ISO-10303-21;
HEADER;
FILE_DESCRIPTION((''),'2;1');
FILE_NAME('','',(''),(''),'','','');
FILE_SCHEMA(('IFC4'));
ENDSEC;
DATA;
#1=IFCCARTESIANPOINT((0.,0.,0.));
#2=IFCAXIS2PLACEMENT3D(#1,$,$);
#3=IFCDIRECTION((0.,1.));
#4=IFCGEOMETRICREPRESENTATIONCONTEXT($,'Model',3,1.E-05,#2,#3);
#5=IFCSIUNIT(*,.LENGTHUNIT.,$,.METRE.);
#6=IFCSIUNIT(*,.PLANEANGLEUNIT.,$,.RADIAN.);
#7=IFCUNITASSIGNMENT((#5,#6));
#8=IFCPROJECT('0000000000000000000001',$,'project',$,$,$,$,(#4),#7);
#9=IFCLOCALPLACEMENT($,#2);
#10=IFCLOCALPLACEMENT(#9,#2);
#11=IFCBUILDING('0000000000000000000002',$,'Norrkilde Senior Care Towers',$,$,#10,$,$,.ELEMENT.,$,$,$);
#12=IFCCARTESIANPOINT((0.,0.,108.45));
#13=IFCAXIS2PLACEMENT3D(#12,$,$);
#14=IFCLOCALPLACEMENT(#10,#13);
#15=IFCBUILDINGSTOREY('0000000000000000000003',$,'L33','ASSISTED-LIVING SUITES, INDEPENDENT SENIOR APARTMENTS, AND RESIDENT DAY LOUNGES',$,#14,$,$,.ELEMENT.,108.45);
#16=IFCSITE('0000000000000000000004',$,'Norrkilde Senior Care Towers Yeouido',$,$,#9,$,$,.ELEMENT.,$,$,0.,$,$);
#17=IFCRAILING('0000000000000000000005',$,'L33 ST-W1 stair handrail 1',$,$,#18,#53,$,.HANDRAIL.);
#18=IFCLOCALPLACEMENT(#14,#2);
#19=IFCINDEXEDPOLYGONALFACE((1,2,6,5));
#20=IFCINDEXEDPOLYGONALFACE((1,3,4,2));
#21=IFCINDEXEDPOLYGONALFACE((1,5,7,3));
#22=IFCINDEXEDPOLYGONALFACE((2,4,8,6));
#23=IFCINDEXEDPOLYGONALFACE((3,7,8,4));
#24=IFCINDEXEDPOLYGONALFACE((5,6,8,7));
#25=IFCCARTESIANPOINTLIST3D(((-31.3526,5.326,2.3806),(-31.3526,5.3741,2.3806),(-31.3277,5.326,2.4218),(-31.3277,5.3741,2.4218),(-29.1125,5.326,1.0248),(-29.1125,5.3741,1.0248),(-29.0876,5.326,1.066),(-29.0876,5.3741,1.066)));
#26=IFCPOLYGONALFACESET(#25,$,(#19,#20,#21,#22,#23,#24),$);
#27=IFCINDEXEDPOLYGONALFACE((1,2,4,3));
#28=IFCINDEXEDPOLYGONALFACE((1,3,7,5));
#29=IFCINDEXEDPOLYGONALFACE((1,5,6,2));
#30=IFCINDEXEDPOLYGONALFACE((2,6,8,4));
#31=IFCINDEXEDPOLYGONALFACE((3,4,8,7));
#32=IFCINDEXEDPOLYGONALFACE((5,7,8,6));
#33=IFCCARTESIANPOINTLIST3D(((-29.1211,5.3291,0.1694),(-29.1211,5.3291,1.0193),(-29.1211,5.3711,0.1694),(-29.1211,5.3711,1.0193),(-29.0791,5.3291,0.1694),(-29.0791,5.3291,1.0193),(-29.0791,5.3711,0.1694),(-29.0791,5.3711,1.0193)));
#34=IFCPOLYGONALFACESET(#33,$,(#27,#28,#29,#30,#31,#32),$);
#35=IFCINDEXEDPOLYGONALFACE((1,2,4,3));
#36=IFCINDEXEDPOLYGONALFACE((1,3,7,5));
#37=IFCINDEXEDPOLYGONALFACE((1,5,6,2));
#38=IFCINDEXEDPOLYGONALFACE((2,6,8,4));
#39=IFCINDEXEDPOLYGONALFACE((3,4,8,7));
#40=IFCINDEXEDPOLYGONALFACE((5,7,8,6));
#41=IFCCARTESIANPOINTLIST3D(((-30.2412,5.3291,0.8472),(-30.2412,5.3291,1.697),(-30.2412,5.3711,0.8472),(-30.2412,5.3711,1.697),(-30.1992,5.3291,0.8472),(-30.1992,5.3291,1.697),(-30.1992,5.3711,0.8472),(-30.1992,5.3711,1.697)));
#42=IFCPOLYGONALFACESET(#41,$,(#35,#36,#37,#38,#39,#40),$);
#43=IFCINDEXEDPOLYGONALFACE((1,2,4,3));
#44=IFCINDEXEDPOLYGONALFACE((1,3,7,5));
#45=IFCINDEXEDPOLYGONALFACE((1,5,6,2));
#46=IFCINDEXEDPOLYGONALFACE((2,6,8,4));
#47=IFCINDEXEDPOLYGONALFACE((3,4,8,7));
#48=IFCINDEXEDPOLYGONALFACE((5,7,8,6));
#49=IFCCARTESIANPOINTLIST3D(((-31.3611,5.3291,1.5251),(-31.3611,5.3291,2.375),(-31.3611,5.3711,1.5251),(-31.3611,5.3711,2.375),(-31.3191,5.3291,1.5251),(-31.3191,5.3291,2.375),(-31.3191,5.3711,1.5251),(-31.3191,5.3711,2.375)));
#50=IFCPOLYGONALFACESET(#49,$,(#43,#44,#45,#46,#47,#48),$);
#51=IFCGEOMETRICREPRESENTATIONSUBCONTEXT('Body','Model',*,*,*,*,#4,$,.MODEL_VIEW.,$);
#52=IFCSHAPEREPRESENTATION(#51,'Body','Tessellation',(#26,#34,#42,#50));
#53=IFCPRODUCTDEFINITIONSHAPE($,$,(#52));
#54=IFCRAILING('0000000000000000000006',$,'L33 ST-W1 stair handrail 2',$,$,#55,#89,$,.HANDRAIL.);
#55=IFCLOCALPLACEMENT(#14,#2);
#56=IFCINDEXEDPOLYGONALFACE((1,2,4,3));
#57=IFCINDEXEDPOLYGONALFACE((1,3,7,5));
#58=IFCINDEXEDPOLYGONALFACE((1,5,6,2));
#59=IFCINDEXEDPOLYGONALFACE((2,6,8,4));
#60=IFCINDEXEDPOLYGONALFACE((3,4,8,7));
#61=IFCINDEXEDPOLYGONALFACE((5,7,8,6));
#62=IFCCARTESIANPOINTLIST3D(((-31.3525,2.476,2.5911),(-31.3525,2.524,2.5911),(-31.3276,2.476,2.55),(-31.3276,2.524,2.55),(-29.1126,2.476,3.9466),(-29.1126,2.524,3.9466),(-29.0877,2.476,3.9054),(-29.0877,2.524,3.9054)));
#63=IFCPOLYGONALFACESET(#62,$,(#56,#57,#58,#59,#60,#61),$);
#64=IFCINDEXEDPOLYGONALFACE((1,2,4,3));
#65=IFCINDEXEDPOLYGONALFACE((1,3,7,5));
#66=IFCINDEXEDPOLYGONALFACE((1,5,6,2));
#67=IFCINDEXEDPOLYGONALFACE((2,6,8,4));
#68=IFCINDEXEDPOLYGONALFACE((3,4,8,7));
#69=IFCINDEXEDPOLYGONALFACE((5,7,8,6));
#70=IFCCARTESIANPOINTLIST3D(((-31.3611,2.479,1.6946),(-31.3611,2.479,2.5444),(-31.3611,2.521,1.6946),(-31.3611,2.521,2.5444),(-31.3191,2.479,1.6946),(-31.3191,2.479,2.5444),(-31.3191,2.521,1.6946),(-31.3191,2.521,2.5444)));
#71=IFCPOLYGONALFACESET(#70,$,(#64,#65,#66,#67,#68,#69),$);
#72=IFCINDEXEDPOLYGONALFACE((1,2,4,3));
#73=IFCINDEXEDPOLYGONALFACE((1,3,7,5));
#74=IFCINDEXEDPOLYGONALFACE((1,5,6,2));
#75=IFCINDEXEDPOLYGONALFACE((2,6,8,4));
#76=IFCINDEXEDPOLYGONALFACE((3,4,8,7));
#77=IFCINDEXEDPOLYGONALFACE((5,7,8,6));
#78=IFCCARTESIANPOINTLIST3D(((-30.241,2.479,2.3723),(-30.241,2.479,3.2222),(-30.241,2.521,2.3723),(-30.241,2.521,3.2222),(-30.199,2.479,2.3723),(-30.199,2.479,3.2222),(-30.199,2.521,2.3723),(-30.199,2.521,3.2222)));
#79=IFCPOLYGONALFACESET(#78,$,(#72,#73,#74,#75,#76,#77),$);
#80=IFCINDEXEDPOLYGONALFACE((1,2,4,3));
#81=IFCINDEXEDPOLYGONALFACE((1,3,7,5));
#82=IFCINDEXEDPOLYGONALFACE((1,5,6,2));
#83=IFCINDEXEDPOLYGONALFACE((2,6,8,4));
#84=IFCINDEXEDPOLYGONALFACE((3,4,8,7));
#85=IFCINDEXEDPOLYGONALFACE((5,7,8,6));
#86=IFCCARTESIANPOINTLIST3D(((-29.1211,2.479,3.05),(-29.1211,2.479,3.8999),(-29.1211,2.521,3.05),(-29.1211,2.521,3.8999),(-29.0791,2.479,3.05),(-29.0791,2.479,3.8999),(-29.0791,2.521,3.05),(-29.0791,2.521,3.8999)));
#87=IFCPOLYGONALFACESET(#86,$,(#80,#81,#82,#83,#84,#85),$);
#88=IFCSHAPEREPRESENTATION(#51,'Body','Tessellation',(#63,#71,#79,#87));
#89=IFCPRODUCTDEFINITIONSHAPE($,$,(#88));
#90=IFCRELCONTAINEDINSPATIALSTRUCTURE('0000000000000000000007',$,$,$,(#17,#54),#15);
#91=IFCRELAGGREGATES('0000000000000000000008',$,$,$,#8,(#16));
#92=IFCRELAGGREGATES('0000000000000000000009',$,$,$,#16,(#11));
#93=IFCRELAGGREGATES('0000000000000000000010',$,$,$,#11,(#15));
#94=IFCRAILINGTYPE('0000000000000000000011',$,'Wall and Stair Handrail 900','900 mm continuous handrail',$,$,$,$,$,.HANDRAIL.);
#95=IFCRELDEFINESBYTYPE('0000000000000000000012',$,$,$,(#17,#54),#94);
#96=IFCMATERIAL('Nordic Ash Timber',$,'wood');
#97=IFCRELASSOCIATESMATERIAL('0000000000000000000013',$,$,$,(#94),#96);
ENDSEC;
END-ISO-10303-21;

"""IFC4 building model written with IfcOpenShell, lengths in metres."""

from ifc_helpers import new_model, si_unit, direction, frame, origin, origin_2d, place, context, subcontext, project, spatial, rectangle, extrude, material, type_object, element, save


model = new_model("IFC4")

# Units and contexts
model_context = context("Model", 3, precision=1e-05, world=origin(), true_north=direction((0.0, 1.0)))
body_context = subcontext(model_context, "Body", "Model", "MODEL_VIEW")
ifc_project = project(units=[si_unit("LENGTHUNIT", "METRE"), si_unit("PLANEANGLEUNIT", "RADIAN")], contexts=[model_context])

# Site, building, storey
site_placement = place(None, origin())
site = spatial("IfcSite", under=ifc_project, at=site_placement, Name="Norrkilde Senior Care Towers Yeouido", CompositionType="ELEMENT", RefElevation=0.0)
building_placement = place(site_placement, origin())
building = spatial("IfcBuilding", under=site, at=building_placement, Name="Norrkilde Senior Care Towers", CompositionType="ELEMENT")
storey_placement = place(building_placement, frame((0.0, 0.0, 108.45)))
storey = spatial("IfcBuildingStorey", under=building, at=storey_placement, Name="L33", Description="ASSISTED-LIVING SUITES, INDEPENDENT SENIOR APARTMENTS, AND RESIDENT DAY LOUNGES", CompositionType="ELEMENT", Elevation=108.45)

# Shared definitions
ifc_material_1 = material(Name="Nordic Ash Timber", Category="wood")

# Railings
railing_type_1 = type_object("IfcRailingType", Name="Wall and Stair Handrail 900", Description="900 mm continuous handrail", PredefinedType="HANDRAIL", material=ifc_material_1)
railing_1_placement = place(storey_placement, frame((-29.1001, 5.3501, 0.1694)))
element("IfcRailing", 1, at=railing_1_placement, inside=storey, type_object=railing_type_1, Name="L33 ST-W1 stair handrail 1", PredefinedType="HANDRAIL", context=body_context, shape_type="SweptSolid", body=[
    extrude(rectangle(XDim=0.0481, YDim=0.0481, at=origin_2d()), frame((0.0, 0.0, 0.876), z_axis=(-0.855512, 0.0, 0.517783), x_axis=(0.0, -1.0, 0.0)), (0.0, 0.0, 1.0), 2.6184),
    extrude(rectangle(XDim=0.042, YDim=0.042, at=origin_2d()), origin(), (0.0, 0.0, 1.0), 0.8499),
    extrude(rectangle(XDim=0.042, YDim=0.042, at=origin_2d()), frame((-1.1201, 0.0, 0.6777)), (0.0, 0.0, 1.0), 0.8499),
    extrude(rectangle(XDim=0.042, YDim=0.042, at=origin_2d()), frame((-2.24, 0.0, 1.3557)), (0.0, 0.0, 1.0), 0.8499),
])
railing_2_placement = place(storey_placement, frame((-31.3401, 2.5, 1.6946)))
element("IfcRailing", 2, at=railing_2_placement, inside=storey, type_object=railing_type_1, Name="L33 ST-W1 stair handrail 2", PredefinedType="HANDRAIL", context=body_context, shape_type="SweptSolid", body=[
    extrude(rectangle(XDim=0.0481, YDim=0.0481, at=origin_2d()), frame((0.0, 0.0, 0.876), z_axis=(0.855553, 0.0, 0.517715), x_axis=(0.0, 1.0, 0.0)), (0.0, 0.0, 1.0), 2.6182),
    extrude(rectangle(XDim=0.042, YDim=0.042, at=origin_2d()), origin(), (0.0, 0.0, 1.0), 0.8499),
    extrude(rectangle(XDim=0.042, YDim=0.042, at=origin_2d()), frame((1.1201, 0.0, 0.6777)), (0.0, 0.0, 1.0), 0.8499),
    extrude(rectangle(XDim=0.042, YDim=0.042, at=origin_2d()), frame((2.24, 0.0, 1.3555)), (0.0, 0.0, 1.0), 0.8499),
])

save(model, "model.ifc")
